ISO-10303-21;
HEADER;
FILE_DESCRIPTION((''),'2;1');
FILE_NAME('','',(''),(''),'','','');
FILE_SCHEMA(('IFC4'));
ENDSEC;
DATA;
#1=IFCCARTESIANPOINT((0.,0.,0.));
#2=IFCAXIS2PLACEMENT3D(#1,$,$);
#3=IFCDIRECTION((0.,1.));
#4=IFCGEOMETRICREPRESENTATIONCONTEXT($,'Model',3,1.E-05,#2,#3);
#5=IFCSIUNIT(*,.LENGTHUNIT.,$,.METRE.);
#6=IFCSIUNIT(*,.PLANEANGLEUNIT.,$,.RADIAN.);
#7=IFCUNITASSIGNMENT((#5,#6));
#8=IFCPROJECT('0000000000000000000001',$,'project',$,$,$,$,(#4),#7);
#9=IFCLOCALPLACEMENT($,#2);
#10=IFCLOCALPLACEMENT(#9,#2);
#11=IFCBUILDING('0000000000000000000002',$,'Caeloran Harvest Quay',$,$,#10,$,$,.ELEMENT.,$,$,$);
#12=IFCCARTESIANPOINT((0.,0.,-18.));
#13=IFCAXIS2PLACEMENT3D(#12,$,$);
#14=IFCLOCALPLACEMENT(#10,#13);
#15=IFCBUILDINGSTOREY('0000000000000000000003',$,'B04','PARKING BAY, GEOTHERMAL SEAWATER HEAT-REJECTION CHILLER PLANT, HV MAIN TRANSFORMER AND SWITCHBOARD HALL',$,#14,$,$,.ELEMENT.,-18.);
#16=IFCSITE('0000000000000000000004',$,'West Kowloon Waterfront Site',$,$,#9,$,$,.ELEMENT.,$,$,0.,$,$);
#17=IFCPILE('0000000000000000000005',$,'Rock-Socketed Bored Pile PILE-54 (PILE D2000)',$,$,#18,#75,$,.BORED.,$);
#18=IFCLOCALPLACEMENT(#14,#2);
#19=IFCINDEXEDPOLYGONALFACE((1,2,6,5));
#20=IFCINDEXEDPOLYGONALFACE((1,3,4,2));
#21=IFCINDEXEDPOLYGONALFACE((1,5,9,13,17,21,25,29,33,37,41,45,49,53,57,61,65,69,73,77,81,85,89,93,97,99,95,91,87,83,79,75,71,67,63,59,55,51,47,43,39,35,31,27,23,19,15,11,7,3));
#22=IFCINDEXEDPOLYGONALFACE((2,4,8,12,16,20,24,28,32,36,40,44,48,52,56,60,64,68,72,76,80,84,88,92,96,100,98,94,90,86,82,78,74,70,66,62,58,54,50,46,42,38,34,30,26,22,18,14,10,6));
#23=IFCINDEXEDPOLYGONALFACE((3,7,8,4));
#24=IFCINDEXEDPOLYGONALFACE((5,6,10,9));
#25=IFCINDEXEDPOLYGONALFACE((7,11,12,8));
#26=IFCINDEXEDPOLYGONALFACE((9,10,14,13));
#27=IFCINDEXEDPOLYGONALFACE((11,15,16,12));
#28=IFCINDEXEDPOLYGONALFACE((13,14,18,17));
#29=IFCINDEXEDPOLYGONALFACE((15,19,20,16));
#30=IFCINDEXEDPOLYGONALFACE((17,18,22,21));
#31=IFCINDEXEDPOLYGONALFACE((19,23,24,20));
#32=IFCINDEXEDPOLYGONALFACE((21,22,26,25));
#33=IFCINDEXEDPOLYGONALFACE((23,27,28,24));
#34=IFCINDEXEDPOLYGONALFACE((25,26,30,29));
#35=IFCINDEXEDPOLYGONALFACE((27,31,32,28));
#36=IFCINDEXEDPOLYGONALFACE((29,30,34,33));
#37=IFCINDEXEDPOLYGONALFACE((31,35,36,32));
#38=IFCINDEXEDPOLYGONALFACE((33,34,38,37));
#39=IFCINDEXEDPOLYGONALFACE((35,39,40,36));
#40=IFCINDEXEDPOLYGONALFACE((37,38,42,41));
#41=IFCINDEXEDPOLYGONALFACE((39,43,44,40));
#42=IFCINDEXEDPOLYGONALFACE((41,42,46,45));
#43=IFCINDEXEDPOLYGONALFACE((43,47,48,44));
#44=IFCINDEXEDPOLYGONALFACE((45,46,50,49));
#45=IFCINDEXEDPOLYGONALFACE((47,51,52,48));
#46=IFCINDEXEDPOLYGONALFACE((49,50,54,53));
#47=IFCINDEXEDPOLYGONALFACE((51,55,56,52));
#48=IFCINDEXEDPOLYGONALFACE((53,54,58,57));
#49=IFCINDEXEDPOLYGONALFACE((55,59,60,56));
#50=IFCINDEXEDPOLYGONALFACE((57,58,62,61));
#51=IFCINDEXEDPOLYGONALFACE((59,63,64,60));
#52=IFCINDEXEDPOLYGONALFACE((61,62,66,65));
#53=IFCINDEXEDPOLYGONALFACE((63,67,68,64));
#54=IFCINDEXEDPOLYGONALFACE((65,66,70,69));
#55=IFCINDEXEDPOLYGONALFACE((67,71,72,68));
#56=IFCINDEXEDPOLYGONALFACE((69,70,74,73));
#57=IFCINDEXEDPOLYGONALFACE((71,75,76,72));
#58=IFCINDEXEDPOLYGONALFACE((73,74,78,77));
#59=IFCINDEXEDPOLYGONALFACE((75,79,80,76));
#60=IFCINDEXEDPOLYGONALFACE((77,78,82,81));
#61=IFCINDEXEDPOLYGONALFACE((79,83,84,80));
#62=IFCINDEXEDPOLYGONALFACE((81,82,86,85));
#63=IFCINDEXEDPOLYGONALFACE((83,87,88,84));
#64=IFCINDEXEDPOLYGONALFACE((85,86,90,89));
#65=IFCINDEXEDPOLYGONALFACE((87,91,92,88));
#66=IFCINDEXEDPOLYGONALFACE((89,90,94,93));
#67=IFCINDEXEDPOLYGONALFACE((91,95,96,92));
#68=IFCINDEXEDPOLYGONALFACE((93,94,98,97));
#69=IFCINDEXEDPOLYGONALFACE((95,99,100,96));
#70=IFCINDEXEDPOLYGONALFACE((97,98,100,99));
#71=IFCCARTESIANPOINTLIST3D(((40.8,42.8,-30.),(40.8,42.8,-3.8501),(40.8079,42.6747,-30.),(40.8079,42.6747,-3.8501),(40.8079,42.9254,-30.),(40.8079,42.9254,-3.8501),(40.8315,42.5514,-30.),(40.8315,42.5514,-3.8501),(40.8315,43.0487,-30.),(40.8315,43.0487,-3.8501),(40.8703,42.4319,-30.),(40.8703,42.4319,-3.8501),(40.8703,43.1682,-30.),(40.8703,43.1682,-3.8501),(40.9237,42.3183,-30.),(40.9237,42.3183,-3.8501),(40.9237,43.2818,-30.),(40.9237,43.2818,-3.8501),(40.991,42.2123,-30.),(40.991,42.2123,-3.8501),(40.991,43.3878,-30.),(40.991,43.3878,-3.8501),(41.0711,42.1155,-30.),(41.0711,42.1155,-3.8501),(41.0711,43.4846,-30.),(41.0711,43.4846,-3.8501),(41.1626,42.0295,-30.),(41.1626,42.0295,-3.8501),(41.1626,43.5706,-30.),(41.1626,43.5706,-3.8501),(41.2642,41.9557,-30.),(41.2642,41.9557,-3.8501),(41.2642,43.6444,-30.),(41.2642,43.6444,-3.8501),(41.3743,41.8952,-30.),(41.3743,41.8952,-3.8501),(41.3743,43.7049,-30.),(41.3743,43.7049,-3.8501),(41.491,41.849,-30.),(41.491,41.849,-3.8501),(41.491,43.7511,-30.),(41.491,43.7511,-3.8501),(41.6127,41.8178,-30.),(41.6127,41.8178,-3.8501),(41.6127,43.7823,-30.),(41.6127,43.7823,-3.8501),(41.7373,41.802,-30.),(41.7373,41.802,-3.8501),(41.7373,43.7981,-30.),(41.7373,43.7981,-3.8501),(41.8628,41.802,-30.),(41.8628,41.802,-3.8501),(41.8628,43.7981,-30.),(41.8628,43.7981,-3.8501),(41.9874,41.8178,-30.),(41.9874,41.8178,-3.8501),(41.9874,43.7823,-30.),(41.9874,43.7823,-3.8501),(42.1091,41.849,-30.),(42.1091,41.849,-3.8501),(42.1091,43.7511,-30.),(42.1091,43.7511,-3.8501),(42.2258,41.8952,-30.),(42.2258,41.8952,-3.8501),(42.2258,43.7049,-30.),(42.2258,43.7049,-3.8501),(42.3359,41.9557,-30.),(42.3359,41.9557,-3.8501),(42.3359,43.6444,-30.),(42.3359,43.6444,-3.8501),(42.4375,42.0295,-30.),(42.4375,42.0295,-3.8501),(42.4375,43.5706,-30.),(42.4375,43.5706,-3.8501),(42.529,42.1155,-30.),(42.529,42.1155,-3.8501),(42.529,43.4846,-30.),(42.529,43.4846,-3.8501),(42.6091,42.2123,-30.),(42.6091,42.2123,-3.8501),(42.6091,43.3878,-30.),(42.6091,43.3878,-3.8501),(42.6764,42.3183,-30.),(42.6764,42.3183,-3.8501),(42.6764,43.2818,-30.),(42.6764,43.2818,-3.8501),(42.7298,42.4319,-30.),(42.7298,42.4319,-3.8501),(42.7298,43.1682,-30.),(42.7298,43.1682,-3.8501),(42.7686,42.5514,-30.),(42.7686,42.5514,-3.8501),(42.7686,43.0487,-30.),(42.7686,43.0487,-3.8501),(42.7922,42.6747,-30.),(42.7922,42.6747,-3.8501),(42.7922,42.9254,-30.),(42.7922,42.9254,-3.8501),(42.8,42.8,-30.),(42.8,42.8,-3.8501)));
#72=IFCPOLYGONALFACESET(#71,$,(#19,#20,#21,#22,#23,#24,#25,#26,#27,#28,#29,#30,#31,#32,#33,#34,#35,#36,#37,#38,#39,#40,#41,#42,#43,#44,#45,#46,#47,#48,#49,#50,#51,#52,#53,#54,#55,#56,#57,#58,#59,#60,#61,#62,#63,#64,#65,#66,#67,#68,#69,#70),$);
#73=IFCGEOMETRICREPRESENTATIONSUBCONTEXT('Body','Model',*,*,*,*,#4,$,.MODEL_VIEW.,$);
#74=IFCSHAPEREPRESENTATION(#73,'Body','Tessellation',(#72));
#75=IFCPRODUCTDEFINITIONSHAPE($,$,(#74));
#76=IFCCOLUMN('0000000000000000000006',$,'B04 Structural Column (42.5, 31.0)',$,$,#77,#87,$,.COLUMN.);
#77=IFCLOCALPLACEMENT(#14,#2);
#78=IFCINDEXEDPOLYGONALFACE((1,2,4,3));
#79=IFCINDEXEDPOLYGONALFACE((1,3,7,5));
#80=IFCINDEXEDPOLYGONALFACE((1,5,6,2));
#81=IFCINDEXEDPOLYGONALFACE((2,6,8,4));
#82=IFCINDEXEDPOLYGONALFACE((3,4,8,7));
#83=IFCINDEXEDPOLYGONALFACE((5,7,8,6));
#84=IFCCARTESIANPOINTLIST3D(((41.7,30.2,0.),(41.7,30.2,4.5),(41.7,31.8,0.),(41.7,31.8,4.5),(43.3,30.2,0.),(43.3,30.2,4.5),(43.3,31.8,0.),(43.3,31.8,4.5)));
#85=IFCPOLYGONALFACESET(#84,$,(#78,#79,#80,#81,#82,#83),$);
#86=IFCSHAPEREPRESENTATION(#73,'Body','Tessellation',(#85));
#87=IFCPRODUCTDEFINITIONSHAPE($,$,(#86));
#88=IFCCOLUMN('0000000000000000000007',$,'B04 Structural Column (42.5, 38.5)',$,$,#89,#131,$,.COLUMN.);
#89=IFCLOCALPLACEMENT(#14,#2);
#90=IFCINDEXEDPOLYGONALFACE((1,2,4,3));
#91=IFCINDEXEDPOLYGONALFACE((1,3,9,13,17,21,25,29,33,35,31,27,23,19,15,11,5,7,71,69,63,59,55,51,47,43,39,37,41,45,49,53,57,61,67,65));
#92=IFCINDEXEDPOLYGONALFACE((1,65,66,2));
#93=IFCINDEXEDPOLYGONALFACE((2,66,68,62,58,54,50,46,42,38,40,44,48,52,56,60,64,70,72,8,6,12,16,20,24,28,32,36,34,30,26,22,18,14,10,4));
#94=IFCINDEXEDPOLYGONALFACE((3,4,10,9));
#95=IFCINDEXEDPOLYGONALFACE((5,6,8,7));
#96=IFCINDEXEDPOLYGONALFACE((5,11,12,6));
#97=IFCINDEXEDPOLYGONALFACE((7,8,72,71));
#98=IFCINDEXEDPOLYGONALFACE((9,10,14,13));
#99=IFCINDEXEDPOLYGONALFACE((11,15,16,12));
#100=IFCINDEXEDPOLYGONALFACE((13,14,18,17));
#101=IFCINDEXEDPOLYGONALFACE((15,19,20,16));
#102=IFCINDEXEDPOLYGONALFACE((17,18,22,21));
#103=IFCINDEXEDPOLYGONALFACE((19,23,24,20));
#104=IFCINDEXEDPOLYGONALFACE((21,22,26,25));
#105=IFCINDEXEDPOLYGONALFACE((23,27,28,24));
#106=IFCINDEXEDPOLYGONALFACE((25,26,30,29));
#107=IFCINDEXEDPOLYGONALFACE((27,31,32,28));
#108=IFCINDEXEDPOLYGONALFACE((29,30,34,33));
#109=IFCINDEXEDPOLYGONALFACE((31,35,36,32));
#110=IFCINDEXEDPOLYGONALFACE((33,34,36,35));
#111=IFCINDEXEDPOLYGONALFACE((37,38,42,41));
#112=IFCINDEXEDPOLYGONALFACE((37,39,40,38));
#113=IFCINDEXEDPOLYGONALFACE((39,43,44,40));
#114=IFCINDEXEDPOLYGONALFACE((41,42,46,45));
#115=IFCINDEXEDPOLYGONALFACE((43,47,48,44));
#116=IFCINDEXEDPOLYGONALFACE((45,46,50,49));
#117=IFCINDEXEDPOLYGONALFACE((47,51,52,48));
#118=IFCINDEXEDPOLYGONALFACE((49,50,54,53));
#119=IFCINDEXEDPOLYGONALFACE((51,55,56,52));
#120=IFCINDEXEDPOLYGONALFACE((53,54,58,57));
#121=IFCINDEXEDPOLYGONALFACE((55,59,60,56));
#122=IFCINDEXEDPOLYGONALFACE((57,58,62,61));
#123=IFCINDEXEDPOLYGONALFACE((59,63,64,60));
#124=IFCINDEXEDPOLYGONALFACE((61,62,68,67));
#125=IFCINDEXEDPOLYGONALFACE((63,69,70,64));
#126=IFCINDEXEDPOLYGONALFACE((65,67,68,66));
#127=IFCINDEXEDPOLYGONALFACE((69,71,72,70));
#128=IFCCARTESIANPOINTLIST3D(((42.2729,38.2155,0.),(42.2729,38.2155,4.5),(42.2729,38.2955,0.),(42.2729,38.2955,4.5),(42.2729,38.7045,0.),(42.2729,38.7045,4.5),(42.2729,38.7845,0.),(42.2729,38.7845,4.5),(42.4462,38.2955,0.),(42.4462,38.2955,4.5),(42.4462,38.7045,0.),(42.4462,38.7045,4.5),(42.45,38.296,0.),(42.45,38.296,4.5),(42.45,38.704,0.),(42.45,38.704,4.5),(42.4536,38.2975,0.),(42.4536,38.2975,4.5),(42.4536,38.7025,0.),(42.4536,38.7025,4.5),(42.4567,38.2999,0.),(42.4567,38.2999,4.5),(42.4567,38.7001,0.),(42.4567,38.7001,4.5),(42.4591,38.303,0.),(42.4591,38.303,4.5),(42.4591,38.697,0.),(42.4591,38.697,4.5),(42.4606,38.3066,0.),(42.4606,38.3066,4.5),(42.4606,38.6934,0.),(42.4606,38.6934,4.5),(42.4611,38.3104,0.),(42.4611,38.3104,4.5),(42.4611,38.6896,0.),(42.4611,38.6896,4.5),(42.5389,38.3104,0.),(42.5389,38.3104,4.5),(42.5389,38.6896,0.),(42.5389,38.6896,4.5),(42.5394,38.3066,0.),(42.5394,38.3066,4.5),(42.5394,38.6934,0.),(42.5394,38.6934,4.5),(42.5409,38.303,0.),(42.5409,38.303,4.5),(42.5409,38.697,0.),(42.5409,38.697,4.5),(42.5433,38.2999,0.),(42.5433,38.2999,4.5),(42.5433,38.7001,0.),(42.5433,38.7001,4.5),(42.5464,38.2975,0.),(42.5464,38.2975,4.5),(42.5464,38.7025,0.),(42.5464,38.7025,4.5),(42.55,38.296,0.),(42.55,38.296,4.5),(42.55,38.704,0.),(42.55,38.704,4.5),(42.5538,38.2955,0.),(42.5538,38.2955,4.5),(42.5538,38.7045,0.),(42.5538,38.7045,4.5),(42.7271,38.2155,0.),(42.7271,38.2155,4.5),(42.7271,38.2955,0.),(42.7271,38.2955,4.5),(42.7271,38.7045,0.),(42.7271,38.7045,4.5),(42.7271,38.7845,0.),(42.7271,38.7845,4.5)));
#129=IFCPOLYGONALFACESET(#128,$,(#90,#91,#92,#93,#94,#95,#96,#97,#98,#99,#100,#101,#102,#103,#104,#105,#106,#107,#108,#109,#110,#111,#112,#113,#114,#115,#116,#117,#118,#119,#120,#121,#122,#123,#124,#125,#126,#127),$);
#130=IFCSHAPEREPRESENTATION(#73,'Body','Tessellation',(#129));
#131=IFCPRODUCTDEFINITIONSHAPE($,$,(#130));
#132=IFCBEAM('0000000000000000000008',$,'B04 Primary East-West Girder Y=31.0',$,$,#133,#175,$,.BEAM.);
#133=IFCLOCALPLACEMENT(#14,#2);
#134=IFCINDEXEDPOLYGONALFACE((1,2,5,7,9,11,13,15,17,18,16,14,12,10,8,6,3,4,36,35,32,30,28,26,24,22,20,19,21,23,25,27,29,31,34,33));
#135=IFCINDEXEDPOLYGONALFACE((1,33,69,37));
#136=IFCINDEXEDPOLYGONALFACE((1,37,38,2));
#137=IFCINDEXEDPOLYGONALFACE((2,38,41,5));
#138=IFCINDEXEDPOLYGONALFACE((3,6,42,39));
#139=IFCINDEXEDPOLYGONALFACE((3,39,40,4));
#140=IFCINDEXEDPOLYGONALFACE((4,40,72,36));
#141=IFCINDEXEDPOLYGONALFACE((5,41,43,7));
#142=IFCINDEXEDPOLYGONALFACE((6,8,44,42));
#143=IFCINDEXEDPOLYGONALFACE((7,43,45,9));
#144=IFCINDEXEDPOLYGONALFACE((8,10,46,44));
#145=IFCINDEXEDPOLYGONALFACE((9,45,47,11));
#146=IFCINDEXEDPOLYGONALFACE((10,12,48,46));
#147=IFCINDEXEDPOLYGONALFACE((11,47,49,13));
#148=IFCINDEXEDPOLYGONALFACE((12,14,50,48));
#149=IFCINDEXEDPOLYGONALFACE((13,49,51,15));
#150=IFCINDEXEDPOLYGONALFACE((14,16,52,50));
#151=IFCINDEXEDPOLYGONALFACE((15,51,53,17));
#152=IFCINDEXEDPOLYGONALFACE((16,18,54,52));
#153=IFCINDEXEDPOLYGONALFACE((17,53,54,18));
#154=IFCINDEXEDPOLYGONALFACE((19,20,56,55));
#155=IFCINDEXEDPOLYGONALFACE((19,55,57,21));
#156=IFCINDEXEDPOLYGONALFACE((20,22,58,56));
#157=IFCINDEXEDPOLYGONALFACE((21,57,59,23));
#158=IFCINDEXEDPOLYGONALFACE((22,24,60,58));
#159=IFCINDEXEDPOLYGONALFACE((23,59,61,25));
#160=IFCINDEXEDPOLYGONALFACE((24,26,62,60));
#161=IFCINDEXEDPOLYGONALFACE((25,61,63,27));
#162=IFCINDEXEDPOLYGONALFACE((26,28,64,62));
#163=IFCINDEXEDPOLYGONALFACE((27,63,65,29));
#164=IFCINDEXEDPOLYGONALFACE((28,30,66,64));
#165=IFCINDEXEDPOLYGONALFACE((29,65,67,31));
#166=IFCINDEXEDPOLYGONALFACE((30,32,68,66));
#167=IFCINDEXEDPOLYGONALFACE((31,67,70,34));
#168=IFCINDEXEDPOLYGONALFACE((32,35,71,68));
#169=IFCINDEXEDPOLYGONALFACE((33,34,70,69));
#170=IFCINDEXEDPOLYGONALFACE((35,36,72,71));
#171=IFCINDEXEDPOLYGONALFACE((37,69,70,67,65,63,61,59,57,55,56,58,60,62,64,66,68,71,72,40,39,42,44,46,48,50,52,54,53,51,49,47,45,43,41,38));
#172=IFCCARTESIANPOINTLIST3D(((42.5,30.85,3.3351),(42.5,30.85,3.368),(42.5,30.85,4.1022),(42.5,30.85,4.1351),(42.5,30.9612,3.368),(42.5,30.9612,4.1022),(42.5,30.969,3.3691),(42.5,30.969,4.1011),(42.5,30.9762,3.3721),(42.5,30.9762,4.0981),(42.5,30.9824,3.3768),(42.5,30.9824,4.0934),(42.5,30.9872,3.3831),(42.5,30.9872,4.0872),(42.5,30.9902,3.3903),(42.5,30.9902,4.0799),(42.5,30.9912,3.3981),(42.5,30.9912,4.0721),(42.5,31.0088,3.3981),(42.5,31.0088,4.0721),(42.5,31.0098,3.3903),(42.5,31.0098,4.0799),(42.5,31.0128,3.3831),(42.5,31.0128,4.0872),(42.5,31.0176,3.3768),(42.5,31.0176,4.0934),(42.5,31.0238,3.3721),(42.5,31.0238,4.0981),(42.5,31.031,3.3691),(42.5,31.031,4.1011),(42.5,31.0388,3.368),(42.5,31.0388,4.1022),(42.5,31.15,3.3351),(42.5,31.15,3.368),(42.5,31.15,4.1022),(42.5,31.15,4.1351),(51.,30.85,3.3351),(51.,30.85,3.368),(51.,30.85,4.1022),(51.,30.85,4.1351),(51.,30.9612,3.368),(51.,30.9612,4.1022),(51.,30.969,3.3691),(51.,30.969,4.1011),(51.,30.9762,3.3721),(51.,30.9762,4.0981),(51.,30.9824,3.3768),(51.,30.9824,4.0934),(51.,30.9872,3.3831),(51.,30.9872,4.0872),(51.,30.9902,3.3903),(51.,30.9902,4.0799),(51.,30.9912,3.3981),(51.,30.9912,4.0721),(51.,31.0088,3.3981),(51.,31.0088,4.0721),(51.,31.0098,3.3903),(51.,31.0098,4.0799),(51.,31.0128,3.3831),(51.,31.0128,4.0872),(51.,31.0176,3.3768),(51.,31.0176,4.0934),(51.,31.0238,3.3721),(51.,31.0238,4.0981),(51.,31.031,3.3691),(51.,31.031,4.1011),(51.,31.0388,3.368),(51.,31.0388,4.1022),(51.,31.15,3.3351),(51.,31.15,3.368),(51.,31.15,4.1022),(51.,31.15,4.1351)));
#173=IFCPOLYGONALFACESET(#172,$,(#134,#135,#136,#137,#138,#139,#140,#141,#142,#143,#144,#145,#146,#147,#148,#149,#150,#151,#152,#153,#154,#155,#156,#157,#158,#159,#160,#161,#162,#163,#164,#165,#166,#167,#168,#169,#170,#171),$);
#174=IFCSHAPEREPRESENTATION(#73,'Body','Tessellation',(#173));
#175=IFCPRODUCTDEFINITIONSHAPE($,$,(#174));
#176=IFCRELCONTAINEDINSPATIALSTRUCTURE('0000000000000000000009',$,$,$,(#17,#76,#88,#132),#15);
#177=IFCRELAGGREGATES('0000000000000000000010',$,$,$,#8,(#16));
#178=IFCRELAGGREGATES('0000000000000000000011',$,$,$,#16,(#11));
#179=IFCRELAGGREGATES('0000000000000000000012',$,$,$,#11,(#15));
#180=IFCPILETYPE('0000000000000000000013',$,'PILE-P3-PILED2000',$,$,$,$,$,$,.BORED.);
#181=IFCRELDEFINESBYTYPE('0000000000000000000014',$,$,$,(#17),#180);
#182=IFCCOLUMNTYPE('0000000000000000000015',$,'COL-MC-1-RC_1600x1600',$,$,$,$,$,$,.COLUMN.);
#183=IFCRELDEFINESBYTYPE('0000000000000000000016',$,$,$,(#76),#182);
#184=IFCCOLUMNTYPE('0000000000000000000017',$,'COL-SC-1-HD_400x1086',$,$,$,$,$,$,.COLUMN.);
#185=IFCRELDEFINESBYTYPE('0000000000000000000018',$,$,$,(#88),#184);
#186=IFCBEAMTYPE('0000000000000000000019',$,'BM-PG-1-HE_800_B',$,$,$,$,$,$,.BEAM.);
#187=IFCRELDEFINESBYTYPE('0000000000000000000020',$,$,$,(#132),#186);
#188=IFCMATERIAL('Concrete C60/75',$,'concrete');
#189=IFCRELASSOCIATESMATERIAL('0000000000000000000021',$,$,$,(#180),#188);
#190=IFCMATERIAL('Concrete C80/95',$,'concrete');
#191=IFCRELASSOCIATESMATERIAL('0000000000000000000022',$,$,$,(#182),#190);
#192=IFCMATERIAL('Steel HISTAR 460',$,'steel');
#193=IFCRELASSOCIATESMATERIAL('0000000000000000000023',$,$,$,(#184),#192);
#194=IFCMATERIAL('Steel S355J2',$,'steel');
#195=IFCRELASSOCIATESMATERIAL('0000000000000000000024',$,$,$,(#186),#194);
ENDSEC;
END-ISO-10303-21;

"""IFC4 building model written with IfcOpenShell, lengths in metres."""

from ifc_helpers import new_model, si_unit, direction, frame, origin, origin_2d, place, context, subcontext, project, spatial, rectangle, circle, i_section, extrude, material, material_profile, profile_set, type_object, element, save


model = new_model("IFC4")

# Units and contexts
model_context = context("Model", 3, precision=1e-05, world=origin(), true_north=direction((0.0, 1.0)))
body_context = subcontext(model_context, "Body", "Model", "MODEL_VIEW")
ifc_project = project(units=[si_unit("LENGTHUNIT", "METRE"), si_unit("PLANEANGLEUNIT", "RADIAN")], contexts=[model_context])

# Site, building, storey
site_placement = place(None, origin())
site = spatial("IfcSite", under=ifc_project, at=site_placement, Name="West Kowloon Waterfront Site", CompositionType="ELEMENT", RefElevation=0.0)
building_placement = place(site_placement, origin())
building = spatial("IfcBuilding", under=site, at=building_placement, Name="Caeloran Harvest Quay", CompositionType="ELEMENT")
storey_placement = place(building_placement, frame((0.0, 0.0, -18.0)))
storey = spatial("IfcBuildingStorey", under=building, at=storey_placement, Name="B04", Description="PARKING BAY, GEOTHERMAL SEAWATER HEAT-REJECTION CHILLER PLANT, HV MAIN TRANSFORMER AND SWITCHBOARD HALL", CompositionType="ELEMENT", Elevation=-18.0)

# Pile
ifc_material_1 = material(Name="Concrete C60/75", Category="concrete")
ifc_material_profile_1 = material_profile(ifc_material_1, circle(Radius=1.0, at=origin_2d()), Name="PILE D2000")
ifc_profile_set_1 = profile_set([ifc_material_profile_1], Name="Concrete C60/75")
pile_type = type_object("IfcPileType", Name="PILE-P3-PILED2000", PredefinedType="BORED", material=ifc_profile_set_1)
pile_placement = place(storey_placement, frame((41.8, 42.8, -3.8501), z_axis=(0.0, 0.0, -1.0), x_axis=(1.0, 0.0, 0.0)))
element("IfcPile", 1, at=pile_placement, inside=storey, type_object=pile_type, Name="Rock-Socketed Bored Pile PILE-54 (PILE D2000)", PredefinedType="BORED", context=body_context, shape_type="SweptSolid", body=[
    extrude(circle(Radius=1.0, at=origin_2d()), origin(), (0.0, 0.0, 1.0), 26.1499),
])

# Columns
ifc_material_2 = material(Name="Concrete C80/95", Category="concrete")
ifc_material_profile_2 = material_profile(ifc_material_2, rectangle(XDim=1.6001, YDim=1.6001, at=origin_2d()), Name="RC 1600x1600")
ifc_profile_set_2 = profile_set([ifc_material_profile_2], Name="Concrete C80/95")
column_type_1 = type_object("IfcColumnType", Name="COL-MC-1-RC_1600x1600", PredefinedType="COLUMN", material=ifc_profile_set_2)
column_1_placement = place(storey_placement, frame((42.5, 31.0, 0.0), z_axis=(0.0, 0.0, 1.0), x_axis=(1.0, 0.0, 0.0)))
element("IfcColumn", 2, at=column_1_placement, inside=storey, type_object=column_type_1, Name="B04 Structural Column (42.5, 31.0)", PredefinedType="COLUMN", context=body_context, shape_type="SweptSolid", body=[
    extrude(rectangle(XDim=1.6001, YDim=1.6001, at=origin_2d()), origin(), (0.0, 0.0, 1.0), 4.5),
])
ifc_material_3 = material(Name="Steel HISTAR 460", Category="steel")
ifc_material_profile_3 = material_profile(ifc_material_3, i_section(OverallWidth=0.4541, OverallDepth=0.5691, WebThickness=0.0779, FlangeThickness=0.0801, FilletRadius=0.0149, at=origin_2d()), Name="HD 400x1086")
ifc_profile_set_3 = profile_set([ifc_material_profile_3], Name="Steel HISTAR 460")
column_type_2 = type_object("IfcColumnType", Name="COL-SC-1-HD_400x1086", PredefinedType="COLUMN", material=ifc_profile_set_3)
column_2_placement = place(storey_placement, frame((42.5, 38.5, 0.0), z_axis=(0.0, 0.0, 1.0), x_axis=(1.0, 0.0, 0.0)))
element("IfcColumn", 3, at=column_2_placement, inside=storey, type_object=column_type_2, Name="B04 Structural Column (42.5, 38.5)", PredefinedType="COLUMN", context=body_context, shape_type="SweptSolid", body=[
    extrude(i_section(OverallWidth=0.4541, OverallDepth=0.5691, WebThickness=0.0779, FlangeThickness=0.0801, FilletRadius=0.0149, at=origin_2d()), origin(), (0.0, 0.0, 1.0), 4.5),
])

# Beam
ifc_material_4 = material(Name="Steel S355J2", Category="steel")
ifc_material_profile_4 = material_profile(ifc_material_4, i_section(OverallWidth=0.3, OverallDepth=0.8, WebThickness=0.0176, FlangeThickness=0.033, FilletRadius=0.03, at=origin_2d()), Name="HE 800 B")
ifc_profile_set_4 = profile_set([ifc_material_profile_4], Name="Steel S355J2")
beam_type_1 = type_object("IfcBeamType", Name="BM-PG-1-HE_800_B", PredefinedType="BEAM", material=ifc_profile_set_4)
for number, where, z_axis, x_axis, name in (
    (4, (42.5, 31.0, 3.7351), (1.0, 0.0, 0.0), (0.0, 1.0, 0.0), "B04 Primary East-West Girder Y=31.0"),
):
    element("IfcBeam", number, at=place(storey_placement, frame(where, z_axis=z_axis, x_axis=x_axis)), inside=storey, type_object=beam_type_1, Name=name, PredefinedType="BEAM", context=body_context, shape_type="SweptSolid", body=[
        extrude(i_section(OverallWidth=0.3, OverallDepth=0.8, WebThickness=0.0176, FlangeThickness=0.033, FilletRadius=0.03, at=origin_2d()), origin(), (0.0, 0.0, 1.0), 8.5),
    ])

save(model, "model.ifc")
